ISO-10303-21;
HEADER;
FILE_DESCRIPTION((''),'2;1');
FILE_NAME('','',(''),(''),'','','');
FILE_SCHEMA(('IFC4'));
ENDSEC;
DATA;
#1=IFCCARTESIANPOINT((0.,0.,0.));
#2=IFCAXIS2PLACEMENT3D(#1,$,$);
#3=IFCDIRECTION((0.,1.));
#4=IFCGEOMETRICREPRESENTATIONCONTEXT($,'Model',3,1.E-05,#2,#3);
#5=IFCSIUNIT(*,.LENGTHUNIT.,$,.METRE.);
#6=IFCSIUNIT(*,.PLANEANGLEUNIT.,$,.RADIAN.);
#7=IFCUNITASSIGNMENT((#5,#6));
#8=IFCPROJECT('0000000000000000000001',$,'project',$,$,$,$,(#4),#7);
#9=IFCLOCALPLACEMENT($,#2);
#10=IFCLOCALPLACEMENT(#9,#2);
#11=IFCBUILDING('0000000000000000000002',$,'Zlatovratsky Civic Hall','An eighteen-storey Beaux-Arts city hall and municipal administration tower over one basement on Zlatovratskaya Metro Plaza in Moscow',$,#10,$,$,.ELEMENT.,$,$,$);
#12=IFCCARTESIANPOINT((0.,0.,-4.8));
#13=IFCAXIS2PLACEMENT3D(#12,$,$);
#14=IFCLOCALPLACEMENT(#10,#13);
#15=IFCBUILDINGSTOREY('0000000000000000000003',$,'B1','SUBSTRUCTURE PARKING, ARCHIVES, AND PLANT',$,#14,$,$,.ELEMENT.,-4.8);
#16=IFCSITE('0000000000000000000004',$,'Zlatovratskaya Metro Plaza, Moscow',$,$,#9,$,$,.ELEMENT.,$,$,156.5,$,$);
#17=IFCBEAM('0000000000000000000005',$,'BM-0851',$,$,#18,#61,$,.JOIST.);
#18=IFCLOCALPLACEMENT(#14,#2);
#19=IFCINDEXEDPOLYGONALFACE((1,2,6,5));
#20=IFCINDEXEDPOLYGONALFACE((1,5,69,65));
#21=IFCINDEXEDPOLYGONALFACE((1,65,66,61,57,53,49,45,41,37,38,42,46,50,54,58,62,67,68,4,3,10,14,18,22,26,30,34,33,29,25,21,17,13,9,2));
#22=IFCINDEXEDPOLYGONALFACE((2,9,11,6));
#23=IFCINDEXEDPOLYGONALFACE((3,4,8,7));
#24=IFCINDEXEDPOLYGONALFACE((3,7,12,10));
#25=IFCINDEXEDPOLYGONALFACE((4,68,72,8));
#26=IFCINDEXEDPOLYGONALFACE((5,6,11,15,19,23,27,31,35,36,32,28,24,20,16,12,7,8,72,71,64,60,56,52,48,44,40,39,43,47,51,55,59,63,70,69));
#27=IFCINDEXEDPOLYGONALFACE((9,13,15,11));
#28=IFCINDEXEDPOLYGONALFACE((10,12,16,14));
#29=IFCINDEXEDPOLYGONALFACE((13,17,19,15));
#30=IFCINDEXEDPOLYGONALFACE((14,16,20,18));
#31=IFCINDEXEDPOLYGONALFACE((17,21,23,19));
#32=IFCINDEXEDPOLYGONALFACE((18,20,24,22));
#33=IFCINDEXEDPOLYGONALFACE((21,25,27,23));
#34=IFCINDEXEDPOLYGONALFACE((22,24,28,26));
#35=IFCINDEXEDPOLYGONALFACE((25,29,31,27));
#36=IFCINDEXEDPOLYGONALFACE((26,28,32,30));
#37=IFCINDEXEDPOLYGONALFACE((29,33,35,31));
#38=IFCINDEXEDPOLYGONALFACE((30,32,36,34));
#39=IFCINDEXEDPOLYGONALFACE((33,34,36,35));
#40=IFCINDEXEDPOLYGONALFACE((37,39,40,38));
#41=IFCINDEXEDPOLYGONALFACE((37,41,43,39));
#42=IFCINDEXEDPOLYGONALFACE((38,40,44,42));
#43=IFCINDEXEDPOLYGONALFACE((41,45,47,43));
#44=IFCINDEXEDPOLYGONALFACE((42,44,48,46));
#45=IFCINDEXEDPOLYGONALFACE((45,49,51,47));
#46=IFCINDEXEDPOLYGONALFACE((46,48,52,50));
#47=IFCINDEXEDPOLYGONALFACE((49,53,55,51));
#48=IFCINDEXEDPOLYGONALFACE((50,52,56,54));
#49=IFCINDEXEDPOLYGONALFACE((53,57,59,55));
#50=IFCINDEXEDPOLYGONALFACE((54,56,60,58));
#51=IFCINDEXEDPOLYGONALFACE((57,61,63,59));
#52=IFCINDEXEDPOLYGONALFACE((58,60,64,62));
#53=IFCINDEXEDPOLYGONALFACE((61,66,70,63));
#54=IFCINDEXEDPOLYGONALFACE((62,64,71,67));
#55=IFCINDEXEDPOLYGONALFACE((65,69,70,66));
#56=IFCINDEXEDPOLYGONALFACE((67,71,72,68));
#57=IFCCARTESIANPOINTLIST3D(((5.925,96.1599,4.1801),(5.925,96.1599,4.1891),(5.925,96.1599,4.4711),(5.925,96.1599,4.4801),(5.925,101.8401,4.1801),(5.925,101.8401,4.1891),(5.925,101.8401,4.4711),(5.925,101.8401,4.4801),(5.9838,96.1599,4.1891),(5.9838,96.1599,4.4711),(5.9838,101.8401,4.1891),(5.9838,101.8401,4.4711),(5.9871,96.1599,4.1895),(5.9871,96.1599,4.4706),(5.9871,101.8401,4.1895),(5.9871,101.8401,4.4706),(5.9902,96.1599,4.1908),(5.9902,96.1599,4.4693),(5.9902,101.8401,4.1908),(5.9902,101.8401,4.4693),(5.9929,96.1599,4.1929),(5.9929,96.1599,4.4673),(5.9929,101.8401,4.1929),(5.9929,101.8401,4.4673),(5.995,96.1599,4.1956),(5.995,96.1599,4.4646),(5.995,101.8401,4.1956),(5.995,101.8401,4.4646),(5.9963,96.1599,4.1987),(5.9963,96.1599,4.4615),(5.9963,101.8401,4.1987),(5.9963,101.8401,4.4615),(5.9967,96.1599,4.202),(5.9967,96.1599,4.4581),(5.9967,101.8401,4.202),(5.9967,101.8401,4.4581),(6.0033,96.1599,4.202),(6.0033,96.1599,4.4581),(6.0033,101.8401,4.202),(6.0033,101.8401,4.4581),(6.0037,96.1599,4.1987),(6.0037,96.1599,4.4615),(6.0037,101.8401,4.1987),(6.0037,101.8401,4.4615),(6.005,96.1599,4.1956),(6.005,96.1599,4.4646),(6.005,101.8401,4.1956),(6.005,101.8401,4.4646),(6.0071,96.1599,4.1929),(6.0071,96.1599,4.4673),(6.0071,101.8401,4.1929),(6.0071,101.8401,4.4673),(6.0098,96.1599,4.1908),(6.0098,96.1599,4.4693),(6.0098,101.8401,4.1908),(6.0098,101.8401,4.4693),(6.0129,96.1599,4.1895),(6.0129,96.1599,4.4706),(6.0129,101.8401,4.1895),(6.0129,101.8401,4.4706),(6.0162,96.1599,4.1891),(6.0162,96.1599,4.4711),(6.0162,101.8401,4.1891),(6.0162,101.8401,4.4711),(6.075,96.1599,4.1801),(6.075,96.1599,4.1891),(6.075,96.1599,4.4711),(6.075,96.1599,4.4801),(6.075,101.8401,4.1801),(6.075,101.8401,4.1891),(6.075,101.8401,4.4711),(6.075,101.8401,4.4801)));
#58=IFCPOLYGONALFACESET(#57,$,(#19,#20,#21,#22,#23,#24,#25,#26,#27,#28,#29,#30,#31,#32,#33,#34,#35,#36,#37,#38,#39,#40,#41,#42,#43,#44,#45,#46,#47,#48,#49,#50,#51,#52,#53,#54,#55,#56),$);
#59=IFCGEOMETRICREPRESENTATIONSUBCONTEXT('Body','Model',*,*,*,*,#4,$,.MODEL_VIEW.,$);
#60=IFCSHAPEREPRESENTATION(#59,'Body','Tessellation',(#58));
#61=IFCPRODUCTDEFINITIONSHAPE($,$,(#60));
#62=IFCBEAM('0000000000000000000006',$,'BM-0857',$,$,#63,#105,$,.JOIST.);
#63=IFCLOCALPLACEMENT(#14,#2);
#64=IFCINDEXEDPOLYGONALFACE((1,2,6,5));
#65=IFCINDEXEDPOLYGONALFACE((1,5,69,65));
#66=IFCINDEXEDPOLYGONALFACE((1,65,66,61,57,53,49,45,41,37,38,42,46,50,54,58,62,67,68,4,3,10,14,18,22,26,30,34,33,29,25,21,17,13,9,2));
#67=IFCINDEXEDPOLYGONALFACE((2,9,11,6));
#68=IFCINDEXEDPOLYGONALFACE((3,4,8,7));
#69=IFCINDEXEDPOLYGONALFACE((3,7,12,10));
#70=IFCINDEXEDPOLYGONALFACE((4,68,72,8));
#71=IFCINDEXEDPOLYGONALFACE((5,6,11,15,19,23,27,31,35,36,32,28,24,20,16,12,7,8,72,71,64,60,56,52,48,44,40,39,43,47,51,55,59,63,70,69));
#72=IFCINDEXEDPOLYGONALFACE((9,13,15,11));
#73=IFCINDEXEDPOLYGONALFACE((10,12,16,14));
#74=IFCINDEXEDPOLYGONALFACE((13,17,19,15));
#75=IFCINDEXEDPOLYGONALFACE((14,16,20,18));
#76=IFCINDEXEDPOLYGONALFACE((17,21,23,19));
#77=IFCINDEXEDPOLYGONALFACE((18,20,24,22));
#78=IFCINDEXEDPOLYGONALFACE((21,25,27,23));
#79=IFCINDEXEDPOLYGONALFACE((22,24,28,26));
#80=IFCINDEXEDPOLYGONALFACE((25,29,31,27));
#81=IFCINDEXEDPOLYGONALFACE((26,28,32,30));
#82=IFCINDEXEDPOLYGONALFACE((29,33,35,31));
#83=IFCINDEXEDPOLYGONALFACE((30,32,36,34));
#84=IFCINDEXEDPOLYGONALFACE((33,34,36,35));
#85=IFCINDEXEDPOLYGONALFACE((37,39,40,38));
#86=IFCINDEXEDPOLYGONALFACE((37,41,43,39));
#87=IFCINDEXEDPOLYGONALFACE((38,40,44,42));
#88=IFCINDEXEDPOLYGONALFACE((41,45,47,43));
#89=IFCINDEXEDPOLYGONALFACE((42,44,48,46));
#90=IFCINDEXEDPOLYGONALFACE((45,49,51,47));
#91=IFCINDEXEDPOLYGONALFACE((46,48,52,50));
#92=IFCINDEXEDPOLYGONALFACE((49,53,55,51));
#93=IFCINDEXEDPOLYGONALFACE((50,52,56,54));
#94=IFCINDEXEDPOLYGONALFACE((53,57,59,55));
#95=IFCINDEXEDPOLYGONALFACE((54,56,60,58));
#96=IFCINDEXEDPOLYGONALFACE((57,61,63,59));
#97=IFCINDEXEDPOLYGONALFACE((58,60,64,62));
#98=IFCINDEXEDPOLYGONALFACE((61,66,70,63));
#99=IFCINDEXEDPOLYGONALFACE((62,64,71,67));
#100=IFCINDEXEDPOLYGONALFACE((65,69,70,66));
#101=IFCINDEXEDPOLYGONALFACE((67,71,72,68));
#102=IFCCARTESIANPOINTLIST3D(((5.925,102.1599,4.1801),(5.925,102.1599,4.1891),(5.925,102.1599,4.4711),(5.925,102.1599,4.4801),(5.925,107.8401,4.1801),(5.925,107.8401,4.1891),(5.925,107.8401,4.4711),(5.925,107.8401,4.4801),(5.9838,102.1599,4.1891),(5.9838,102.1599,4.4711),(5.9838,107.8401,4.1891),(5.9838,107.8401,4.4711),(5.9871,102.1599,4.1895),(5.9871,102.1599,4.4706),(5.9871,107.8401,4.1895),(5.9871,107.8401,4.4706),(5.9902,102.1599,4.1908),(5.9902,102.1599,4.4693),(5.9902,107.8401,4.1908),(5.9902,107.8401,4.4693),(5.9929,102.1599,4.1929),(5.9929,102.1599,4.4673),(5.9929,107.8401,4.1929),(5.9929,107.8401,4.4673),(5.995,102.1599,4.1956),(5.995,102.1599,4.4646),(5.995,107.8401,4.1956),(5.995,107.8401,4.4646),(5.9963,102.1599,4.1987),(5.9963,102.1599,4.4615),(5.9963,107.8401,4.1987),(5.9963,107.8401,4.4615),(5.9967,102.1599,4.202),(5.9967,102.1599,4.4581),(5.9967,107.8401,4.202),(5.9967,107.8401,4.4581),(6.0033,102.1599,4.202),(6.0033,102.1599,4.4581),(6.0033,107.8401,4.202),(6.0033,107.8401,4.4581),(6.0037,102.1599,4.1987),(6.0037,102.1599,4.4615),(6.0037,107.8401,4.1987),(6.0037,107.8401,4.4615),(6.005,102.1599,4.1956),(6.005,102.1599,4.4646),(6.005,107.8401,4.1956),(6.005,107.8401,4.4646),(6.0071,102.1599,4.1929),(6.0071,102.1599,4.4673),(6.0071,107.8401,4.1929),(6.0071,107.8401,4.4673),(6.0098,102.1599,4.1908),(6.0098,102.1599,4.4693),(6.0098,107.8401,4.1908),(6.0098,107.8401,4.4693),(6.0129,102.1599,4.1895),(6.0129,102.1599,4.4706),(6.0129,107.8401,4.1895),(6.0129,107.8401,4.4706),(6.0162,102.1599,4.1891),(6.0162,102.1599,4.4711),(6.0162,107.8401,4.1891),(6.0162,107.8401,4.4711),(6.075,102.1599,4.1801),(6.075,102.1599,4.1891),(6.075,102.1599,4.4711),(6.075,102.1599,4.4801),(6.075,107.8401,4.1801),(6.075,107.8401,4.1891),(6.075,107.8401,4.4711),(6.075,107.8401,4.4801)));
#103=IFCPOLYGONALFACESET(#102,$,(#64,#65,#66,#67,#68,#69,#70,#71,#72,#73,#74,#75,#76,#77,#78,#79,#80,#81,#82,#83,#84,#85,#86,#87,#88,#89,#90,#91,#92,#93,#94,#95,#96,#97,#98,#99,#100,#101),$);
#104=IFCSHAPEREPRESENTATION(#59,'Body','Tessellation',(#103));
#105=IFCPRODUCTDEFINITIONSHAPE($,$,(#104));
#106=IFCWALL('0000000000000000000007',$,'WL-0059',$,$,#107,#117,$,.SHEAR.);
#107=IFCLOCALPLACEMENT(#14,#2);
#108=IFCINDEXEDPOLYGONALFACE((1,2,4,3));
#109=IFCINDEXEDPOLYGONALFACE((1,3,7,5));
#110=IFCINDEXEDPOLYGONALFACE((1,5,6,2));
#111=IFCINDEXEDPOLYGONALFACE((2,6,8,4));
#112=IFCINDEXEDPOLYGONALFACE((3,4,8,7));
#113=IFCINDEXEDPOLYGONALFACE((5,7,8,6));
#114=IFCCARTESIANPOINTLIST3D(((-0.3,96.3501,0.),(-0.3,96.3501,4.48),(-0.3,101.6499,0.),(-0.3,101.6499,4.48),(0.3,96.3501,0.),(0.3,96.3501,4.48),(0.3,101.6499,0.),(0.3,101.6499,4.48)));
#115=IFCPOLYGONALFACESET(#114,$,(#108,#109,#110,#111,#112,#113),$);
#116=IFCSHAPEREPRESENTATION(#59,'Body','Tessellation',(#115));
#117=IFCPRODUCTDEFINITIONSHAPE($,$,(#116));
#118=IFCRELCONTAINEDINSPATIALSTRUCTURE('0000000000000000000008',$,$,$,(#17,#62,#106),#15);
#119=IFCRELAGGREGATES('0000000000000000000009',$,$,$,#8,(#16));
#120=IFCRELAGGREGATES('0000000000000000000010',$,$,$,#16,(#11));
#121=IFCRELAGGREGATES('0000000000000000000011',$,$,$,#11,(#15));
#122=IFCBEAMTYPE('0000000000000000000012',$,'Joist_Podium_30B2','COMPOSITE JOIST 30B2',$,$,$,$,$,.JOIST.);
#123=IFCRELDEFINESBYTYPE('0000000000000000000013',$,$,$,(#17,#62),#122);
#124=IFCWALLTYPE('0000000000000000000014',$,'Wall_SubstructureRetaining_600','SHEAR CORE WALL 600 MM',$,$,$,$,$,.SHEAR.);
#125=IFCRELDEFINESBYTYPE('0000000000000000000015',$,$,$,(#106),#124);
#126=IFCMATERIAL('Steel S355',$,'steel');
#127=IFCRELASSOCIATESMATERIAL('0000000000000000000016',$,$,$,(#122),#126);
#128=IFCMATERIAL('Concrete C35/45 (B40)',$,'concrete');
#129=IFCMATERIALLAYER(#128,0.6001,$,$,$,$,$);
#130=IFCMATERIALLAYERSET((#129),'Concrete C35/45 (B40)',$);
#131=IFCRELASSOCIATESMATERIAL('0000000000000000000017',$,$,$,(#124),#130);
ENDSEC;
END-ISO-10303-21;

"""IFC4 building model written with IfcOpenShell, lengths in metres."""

from ifc_helpers import new_model, si_unit, direction, frame, frame_2d, origin, origin_2d, place, context, subcontext, project, spatial, rectangle, i_section, extrude, material, layer, layer_set, material_profile, profile_set, type_object, element, save


model = new_model("IFC4")

# Units and contexts
model_context = context("Model", 3, precision=1e-05, world=origin(), true_north=direction((0.0, 1.0)))
body_context = subcontext(model_context, "Body", "Model", "MODEL_VIEW")
ifc_project = project(units=[si_unit("LENGTHUNIT", "METRE"), si_unit("PLANEANGLEUNIT", "RADIAN")], contexts=[model_context])

# Site, building, storey
site_placement = place(None, origin())
site = spatial("IfcSite", under=ifc_project, at=site_placement, Name="Zlatovratskaya Metro Plaza, Moscow", CompositionType="ELEMENT", RefElevation=156.5)
building_placement = place(site_placement, origin())
building = spatial("IfcBuilding", under=site, at=building_placement, Name="Zlatovratsky Civic Hall", Description="An eighteen-storey Beaux-Arts city hall and municipal administration tower over one basement on Zlatovratskaya Metro Plaza in Moscow", CompositionType="ELEMENT")
storey_placement = place(building_placement, frame((0.0, 0.0, -4.8)))
storey = spatial("IfcBuildingStorey", under=building, at=storey_placement, Name="B1", Description="SUBSTRUCTURE PARKING, ARCHIVES, AND PLANT", CompositionType="ELEMENT", Elevation=-4.8)

# Shared definitions
ifc_material_1 = material(Name="Concrete C35/45 (B40)", Category="concrete")
ifc_material_2 = material(Name="Steel S355", Category="steel")

# Beams
ifc_material_profile_1 = material_profile(ifc_material_2, i_section(OverallWidth=0.1499, OverallDepth=0.3, WebThickness=0.0066, FlangeThickness=0.009, FilletRadius=0.0129, at=origin_2d()), Name="30B2")
ifc_profile_set_1 = profile_set([ifc_material_profile_1], Name="Steel S355")
beam_type_1 = type_object("IfcBeamType", Name="Joist_Podium_30B2", Description="COMPOSITE JOIST 30B2", PredefinedType="JOIST", material=ifc_profile_set_1)
for number, where, z_axis, x_axis, name in (
    (1, (6.0, 96.1599, 4.3301), (0.0, 1.0, 0.0), (-1.0, 0.0, 0.0), "BM-0851"),
    (2, (6.0, 102.1599, 4.3301), (0.0, 1.0, 0.0), (-1.0, 0.0, 0.0), "BM-0857"),
):
    element("IfcBeam", number, at=place(storey_placement, frame(where, z_axis=z_axis, x_axis=x_axis)), inside=storey, type_object=beam_type_1, Name=name, PredefinedType="JOIST", context=body_context, shape_type="SweptSolid", body=[
        extrude(i_section(OverallWidth=0.1499, OverallDepth=0.3, WebThickness=0.0066, FlangeThickness=0.009, FilletRadius=0.0129, at=origin_2d()), origin(), (0.0, 0.0, 1.0), 5.6802),
    ])

# Wall
ifc_layer = layer(ifc_material_1, 0.6001)
ifc_layer_set = layer_set([ifc_layer], Name="Concrete C35/45 (B40)")
wall_type = type_object("IfcWallType", Name="Wall_SubstructureRetaining_600", Description="SHEAR CORE WALL 600 MM", PredefinedType="SHEAR", material=ifc_layer_set)
wall_placement = place(storey_placement, frame((0.0, 96.3501, 0.0), z_axis=(0.0, 0.0, 1.0), x_axis=(0.0, 1.0, 0.0)))
element("IfcWall", 3, at=wall_placement, inside=storey, type_object=wall_type, Name="WL-0059", PredefinedType="SHEAR", context=body_context, shape_type="SweptSolid", body=[
    extrude(rectangle(XDim=5.2998, YDim=0.6001, at=frame_2d((2.6499, 0.0))), origin(), (0.0, 0.0, 1.0), 4.48),
])

save(model, "model.ifc")
